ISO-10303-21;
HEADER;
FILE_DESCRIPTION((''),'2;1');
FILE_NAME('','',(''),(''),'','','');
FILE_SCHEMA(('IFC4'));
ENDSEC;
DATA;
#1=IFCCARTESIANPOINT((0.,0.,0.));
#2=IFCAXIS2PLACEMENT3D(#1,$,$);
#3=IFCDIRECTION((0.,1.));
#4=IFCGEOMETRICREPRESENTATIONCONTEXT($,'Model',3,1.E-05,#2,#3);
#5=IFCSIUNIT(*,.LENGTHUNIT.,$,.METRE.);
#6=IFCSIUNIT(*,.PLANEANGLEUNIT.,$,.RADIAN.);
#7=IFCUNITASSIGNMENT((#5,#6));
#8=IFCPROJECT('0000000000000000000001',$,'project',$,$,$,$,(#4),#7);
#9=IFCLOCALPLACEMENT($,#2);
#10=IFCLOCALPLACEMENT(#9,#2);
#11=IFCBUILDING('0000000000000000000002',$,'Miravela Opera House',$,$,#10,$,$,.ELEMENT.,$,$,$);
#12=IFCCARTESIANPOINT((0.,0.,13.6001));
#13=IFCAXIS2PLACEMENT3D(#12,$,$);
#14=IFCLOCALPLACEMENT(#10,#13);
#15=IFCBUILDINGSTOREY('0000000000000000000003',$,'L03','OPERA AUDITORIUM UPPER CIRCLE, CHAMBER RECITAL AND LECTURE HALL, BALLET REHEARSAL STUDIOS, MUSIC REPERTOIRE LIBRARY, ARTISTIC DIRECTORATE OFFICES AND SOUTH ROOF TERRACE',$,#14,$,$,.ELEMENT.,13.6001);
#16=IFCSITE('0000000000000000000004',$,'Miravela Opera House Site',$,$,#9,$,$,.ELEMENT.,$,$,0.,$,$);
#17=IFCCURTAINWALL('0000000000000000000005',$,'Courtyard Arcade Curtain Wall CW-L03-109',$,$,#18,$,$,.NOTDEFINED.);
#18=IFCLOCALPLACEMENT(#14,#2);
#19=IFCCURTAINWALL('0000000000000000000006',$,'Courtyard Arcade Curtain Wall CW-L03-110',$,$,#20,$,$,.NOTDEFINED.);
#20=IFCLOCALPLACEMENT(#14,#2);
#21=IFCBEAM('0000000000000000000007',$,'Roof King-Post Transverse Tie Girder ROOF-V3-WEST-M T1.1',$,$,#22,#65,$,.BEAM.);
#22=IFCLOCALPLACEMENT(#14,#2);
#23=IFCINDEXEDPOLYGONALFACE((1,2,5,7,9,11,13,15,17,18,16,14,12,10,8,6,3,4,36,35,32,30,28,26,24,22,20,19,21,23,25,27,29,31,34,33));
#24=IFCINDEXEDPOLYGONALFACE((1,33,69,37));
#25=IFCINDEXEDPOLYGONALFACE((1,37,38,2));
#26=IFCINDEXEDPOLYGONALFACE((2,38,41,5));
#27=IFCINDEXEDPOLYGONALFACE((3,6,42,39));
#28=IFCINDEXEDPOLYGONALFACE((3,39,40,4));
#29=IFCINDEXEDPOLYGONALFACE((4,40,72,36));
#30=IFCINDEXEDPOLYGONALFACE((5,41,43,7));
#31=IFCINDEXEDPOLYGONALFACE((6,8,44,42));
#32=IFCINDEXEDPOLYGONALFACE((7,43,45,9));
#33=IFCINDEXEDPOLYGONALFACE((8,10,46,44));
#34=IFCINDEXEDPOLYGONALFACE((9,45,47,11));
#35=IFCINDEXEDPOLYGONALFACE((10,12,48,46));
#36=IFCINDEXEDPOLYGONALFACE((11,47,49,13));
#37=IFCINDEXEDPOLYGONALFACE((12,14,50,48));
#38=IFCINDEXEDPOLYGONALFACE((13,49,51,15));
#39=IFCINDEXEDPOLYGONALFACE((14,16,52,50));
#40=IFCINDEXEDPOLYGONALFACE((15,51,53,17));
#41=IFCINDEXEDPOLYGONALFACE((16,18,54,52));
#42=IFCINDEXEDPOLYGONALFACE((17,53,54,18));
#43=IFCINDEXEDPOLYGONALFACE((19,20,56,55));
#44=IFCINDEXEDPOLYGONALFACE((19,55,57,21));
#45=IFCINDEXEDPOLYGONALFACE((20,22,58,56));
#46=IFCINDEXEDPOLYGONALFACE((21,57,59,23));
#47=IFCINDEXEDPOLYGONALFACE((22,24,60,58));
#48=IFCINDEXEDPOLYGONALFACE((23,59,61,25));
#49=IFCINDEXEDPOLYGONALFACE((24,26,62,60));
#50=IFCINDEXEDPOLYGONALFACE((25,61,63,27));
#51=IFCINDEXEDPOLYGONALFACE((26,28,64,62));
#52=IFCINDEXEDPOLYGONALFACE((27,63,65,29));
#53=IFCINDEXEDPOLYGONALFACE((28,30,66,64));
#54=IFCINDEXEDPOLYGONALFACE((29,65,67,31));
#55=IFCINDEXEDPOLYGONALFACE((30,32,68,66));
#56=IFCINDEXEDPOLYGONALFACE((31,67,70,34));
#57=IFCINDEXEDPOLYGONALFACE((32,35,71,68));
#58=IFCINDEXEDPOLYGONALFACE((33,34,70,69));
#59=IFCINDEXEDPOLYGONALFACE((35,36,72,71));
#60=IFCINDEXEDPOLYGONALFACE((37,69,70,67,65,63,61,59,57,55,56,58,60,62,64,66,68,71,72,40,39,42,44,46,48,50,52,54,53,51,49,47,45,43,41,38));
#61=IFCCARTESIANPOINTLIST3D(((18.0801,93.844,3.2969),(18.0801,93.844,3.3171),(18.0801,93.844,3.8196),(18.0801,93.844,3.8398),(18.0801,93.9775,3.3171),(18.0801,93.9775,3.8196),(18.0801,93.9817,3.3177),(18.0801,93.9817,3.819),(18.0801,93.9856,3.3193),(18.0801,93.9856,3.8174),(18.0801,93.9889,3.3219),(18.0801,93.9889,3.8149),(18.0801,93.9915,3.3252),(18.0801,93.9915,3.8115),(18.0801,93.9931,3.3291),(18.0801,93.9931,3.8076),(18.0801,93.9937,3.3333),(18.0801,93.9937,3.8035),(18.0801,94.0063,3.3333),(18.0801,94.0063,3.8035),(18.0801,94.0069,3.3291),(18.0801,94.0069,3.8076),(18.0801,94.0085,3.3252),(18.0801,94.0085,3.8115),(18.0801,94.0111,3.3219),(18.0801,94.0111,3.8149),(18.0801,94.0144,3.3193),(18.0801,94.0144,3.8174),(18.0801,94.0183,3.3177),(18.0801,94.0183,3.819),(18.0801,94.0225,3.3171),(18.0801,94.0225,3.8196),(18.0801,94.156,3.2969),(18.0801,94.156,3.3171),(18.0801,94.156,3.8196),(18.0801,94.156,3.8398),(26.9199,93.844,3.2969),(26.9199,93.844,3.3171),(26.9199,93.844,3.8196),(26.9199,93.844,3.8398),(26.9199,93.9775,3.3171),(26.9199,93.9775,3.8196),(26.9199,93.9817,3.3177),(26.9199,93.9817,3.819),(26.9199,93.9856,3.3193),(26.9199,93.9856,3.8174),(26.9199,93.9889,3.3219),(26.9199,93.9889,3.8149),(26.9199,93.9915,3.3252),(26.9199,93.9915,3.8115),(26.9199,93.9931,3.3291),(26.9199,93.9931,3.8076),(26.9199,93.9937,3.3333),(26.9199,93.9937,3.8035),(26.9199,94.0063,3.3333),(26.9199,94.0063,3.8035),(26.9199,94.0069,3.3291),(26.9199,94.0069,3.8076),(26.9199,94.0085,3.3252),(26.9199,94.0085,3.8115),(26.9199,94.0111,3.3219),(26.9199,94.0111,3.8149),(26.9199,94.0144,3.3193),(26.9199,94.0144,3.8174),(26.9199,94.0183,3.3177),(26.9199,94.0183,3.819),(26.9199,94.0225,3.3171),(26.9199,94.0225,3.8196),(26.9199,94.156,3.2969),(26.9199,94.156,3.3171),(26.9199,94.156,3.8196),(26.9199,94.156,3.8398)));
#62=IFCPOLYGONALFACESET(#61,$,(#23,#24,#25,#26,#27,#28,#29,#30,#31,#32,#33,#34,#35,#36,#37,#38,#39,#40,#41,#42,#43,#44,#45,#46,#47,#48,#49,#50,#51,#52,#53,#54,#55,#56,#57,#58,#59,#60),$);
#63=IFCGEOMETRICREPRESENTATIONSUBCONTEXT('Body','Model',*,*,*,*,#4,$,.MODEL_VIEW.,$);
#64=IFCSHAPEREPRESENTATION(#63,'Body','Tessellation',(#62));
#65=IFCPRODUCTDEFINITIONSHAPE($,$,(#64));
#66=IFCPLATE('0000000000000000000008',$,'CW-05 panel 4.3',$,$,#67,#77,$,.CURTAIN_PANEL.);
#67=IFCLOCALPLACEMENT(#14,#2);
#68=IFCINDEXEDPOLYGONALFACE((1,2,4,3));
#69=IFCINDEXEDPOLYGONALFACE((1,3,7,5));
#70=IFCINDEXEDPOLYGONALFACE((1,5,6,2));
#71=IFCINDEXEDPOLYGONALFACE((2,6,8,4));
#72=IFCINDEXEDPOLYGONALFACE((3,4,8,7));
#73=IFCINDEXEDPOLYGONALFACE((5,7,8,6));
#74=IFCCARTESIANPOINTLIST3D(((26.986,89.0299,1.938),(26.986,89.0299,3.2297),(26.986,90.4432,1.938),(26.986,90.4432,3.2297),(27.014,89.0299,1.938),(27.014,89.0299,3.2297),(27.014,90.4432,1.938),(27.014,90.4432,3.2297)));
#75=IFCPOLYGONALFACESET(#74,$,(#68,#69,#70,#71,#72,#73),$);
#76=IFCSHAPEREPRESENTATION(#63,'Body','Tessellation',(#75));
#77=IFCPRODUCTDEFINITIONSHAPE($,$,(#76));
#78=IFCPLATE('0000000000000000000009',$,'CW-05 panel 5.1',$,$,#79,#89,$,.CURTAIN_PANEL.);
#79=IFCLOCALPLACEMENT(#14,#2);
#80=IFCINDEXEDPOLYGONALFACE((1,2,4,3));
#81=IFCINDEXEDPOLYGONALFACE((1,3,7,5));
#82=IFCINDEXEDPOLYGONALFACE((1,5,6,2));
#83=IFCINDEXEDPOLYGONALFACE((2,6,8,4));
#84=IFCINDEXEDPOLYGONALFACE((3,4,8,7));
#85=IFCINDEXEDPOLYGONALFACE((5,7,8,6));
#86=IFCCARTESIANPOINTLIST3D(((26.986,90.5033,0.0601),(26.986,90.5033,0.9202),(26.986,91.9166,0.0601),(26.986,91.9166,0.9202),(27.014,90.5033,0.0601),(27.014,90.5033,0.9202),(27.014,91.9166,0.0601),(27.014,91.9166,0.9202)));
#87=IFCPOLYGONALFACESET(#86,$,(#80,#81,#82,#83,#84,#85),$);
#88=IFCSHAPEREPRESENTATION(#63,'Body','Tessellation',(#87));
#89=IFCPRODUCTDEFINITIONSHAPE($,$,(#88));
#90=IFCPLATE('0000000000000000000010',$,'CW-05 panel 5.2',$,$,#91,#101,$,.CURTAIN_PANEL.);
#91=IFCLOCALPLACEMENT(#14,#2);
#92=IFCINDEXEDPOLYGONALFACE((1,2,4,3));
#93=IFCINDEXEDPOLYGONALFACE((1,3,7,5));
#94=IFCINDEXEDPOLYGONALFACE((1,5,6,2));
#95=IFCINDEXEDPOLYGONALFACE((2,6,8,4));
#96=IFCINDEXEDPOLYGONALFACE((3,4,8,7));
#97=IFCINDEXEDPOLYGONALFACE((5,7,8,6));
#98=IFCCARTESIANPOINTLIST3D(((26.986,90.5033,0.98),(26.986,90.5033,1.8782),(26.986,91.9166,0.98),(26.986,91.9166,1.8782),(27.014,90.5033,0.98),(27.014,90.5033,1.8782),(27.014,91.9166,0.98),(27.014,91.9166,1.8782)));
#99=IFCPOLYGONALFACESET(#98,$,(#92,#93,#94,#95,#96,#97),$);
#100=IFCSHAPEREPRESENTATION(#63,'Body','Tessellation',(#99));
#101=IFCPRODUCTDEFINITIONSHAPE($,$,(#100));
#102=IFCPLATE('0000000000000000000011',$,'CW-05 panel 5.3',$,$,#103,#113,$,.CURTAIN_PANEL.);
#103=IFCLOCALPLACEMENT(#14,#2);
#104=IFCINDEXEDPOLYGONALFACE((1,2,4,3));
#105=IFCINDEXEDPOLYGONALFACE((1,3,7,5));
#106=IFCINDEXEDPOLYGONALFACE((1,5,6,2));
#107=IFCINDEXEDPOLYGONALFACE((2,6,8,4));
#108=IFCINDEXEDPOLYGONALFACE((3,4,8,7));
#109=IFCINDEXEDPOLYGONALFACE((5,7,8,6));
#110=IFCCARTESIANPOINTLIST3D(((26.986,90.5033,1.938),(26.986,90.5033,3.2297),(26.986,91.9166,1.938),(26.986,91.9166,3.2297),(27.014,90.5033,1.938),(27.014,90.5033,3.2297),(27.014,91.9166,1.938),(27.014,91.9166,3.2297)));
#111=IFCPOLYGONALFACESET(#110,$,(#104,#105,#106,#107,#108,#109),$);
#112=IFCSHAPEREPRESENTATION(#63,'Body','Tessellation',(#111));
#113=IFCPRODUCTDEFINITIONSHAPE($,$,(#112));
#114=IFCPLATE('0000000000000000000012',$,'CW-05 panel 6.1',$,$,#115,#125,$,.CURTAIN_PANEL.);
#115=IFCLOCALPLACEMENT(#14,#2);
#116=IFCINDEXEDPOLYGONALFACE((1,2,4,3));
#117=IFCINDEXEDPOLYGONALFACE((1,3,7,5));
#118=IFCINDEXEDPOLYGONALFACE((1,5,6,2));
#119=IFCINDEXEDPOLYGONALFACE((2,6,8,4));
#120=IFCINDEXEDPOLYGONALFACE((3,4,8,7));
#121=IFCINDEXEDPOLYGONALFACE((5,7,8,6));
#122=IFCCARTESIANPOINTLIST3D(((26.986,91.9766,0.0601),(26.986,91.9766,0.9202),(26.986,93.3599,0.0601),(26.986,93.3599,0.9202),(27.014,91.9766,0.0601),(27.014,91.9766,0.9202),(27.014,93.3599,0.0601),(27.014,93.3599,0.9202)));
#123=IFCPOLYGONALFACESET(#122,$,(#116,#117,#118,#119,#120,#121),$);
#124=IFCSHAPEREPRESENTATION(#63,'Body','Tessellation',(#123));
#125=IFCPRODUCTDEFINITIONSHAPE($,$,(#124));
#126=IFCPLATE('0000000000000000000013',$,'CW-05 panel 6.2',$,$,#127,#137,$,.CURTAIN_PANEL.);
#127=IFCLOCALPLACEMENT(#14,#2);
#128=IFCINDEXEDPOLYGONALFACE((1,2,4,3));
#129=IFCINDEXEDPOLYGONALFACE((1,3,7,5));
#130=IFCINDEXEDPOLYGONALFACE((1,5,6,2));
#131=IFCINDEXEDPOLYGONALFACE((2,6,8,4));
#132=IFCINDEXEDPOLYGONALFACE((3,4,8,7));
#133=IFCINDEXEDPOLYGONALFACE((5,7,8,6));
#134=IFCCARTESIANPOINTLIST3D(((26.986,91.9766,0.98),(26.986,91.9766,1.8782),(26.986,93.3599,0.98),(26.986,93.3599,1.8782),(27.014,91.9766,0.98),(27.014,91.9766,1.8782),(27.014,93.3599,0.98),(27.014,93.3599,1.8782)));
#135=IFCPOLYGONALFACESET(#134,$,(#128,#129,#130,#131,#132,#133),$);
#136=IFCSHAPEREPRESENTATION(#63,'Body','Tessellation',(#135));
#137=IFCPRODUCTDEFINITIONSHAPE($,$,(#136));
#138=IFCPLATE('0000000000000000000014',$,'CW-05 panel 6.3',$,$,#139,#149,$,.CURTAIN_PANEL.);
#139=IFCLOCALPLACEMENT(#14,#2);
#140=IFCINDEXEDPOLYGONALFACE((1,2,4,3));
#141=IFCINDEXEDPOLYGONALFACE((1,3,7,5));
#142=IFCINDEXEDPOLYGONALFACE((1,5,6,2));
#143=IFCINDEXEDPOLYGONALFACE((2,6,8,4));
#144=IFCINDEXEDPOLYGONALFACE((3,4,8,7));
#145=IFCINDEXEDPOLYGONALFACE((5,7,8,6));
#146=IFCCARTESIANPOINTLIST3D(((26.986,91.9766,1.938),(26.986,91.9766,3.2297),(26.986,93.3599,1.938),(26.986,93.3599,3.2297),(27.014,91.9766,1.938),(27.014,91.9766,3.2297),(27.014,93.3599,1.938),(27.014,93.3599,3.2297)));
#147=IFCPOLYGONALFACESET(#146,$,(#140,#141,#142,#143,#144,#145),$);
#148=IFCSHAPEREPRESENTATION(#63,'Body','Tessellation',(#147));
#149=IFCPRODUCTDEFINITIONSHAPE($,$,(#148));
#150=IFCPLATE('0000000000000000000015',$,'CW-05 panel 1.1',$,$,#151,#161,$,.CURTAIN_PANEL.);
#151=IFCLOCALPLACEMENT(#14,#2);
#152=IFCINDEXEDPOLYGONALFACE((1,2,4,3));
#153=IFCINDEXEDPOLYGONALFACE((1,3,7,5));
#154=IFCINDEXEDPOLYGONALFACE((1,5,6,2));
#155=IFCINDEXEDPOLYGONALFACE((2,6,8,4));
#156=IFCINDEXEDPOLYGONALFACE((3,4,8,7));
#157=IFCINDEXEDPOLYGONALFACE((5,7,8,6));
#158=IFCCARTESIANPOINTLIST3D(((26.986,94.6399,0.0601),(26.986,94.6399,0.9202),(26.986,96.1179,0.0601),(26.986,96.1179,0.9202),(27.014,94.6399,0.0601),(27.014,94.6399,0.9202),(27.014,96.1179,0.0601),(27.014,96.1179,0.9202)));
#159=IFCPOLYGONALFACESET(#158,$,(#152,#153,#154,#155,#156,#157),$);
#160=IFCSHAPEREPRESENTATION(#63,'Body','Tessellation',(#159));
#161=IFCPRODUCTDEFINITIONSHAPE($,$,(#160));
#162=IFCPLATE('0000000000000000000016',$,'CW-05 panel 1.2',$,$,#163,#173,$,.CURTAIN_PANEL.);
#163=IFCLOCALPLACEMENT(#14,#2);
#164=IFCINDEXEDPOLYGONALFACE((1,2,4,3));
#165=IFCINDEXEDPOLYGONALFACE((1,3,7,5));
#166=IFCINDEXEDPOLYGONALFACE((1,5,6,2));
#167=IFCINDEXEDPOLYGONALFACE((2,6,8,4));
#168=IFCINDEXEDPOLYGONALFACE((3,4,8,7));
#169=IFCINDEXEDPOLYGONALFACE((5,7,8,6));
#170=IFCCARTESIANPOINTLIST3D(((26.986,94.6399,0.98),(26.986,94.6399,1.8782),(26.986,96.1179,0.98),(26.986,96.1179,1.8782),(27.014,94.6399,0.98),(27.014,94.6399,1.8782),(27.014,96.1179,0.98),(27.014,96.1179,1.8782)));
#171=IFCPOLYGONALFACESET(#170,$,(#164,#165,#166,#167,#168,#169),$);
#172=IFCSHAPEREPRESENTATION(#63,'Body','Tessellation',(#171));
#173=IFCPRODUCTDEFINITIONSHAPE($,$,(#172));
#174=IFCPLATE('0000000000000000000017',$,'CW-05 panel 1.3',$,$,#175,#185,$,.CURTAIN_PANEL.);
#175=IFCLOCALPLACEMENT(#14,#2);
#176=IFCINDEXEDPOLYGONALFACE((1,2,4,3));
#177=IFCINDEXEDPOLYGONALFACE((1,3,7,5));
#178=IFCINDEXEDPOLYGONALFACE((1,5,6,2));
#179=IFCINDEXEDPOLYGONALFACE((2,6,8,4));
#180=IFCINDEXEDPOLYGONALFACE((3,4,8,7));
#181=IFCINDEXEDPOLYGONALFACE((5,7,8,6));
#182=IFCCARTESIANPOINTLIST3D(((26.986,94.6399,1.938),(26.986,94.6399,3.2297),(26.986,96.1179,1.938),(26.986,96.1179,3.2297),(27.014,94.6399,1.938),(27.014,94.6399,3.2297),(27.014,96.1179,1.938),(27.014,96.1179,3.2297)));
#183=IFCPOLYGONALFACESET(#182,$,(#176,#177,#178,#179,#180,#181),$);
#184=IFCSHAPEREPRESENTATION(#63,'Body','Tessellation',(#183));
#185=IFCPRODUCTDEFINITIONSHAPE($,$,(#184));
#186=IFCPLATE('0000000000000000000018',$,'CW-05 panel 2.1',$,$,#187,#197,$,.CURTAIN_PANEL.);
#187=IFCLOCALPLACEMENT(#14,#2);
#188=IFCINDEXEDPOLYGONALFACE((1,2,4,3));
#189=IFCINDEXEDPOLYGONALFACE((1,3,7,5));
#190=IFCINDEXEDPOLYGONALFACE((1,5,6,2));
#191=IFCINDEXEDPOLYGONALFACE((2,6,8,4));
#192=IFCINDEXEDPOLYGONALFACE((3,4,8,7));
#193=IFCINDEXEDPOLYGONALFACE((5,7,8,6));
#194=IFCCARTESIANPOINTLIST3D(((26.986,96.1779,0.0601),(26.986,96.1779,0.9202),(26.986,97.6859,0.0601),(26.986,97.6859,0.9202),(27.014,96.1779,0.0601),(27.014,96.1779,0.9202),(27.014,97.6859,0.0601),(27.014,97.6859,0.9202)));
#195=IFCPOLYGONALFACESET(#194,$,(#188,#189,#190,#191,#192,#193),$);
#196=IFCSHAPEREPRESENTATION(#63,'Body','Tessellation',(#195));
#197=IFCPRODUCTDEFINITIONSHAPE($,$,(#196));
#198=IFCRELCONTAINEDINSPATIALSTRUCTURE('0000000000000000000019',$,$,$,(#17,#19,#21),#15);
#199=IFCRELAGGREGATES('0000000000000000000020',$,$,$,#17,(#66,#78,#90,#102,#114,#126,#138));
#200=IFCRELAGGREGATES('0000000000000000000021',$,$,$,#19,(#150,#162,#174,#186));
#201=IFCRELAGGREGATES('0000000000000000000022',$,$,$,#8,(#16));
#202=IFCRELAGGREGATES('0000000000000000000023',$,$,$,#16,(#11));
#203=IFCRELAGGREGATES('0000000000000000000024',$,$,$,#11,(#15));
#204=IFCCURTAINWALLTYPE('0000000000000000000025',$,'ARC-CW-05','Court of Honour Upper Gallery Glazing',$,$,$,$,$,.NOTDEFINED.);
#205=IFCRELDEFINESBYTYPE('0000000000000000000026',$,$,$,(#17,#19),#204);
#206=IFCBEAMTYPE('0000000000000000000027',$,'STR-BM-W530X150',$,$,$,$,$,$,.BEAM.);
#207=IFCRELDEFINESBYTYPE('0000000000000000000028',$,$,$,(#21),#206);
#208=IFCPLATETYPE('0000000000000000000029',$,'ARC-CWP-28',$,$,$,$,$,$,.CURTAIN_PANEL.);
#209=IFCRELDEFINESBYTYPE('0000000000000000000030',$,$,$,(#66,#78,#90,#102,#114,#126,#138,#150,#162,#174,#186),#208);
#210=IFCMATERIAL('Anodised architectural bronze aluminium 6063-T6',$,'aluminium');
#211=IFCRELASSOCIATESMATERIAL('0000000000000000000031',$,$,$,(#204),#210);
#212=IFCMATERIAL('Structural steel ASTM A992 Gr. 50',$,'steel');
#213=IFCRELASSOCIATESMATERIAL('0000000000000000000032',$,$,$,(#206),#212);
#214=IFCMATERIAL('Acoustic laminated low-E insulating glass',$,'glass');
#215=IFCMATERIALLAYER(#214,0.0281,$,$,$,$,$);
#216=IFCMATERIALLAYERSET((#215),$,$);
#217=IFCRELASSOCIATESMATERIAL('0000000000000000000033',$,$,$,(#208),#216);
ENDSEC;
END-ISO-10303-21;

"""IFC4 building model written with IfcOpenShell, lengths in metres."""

from ifc_helpers import new_model, si_unit, direction, frame, origin, origin_2d, place, context, subcontext, project, spatial, rectangle, i_section, extrude, material, layer, layer_set, material_profile, profile_set, type_object, element, aggregate, save


model = new_model("IFC4")

# Units and contexts
model_context = context("Model", 3, precision=1e-05, world=origin(), true_north=direction((0.0, 1.0)))
body_context = subcontext(model_context, "Body", "Model", "MODEL_VIEW")
ifc_project = project(units=[si_unit("LENGTHUNIT", "METRE"), si_unit("PLANEANGLEUNIT", "RADIAN")], contexts=[model_context])

# Site, building, storey
site_placement = place(None, origin())
site = spatial("IfcSite", under=ifc_project, at=site_placement, Name="Miravela Opera House Site", CompositionType="ELEMENT", RefElevation=0.0)
building_placement = place(site_placement, origin())
building = spatial("IfcBuilding", under=site, at=building_placement, Name="Miravela Opera House", CompositionType="ELEMENT")
storey_placement = place(building_placement, frame((0.0, 0.0, 13.6001)))
storey = spatial("IfcBuildingStorey", under=building, at=storey_placement, Name="L03", Description="OPERA AUDITORIUM UPPER CIRCLE, CHAMBER RECITAL AND LECTURE HALL, BALLET REHEARSAL STUDIOS, MUSIC REPERTOIRE LIBRARY, ARTISTIC DIRECTORATE OFFICES AND SOUTH ROOF TERRACE", CompositionType="ELEMENT", Elevation=13.6001)

# Curtain walls
ifc_material_1 = material(Name="Anodised architectural bronze aluminium 6063-T6", Category="aluminium")
curtain_wall_type = type_object("IfcCurtainWallType", Name="ARC-CW-05", Description="Court of Honour Upper Gallery Glazing", PredefinedType="NOTDEFINED", material=ifc_material_1)
curtain_wall_1_placement = place(storey_placement, origin())
curtain_wall_1 = element("IfcCurtainWall", 1, at=curtain_wall_1_placement, inside=storey, type_object=curtain_wall_type, Name="Courtyard Arcade Curtain Wall CW-L03-109", PredefinedType="NOTDEFINED")
curtain_wall_2_placement = place(storey_placement, origin())
curtain_wall_2 = element("IfcCurtainWall", 2, at=curtain_wall_2_placement, inside=storey, type_object=curtain_wall_type, Name="Courtyard Arcade Curtain Wall CW-L03-110", PredefinedType="NOTDEFINED")

# Beam
ifc_material_2 = material(Name="Structural steel ASTM A992 Gr. 50", Category="steel")
ifc_material_profile_1 = material_profile(ifc_material_2, i_section(OverallWidth=0.312, OverallDepth=0.543, WebThickness=0.0127, FlangeThickness=0.0203, FilletRadius=0.0161, at=origin_2d()), Name="W530X150")
ifc_profile_set_1 = profile_set([ifc_material_profile_1])
beam_type = type_object("IfcBeamType", Name="STR-BM-W530X150", PredefinedType="BEAM", material=ifc_profile_set_1)
for number, where, z_axis, x_axis, name in (
    (3, (18.0801, 94.0, 3.5684), (1.0, 0.0, 0.0), (0.0, 1.0, 0.0), "Roof King-Post Transverse Tie Girder ROOF-V3-WEST-M T1.1"),
):
    element("IfcBeam", number, at=place(storey_placement, frame(where, z_axis=z_axis, x_axis=x_axis)), inside=storey, type_object=beam_type, Name=name, PredefinedType="BEAM", context=body_context, shape_type="SweptSolid", body=[
        extrude(i_section(OverallWidth=0.312, OverallDepth=0.543, WebThickness=0.0127, FlangeThickness=0.0203, FilletRadius=0.0161, at=origin_2d()), origin(), (0.0, 0.0, 1.0), 8.8398),
    ])

# Plates
ifc_material_3 = material(Name="Acoustic laminated low-E insulating glass", Category="glass")
ifc_layer = layer(ifc_material_3, 0.0281)
ifc_layer_set = layer_set([ifc_layer])
plate_type = type_object("IfcPlateType", Name="ARC-CWP-28", PredefinedType="CURTAIN_PANEL", material=ifc_layer_set)
plate_1_placement = place(storey_placement, frame((27.0, 89.7366, 1.938), z_axis=(0.0, 0.0, 1.0), x_axis=(0.0, 1.0, 0.0)))
plate_1 = element("IfcPlate", 4, at=plate_1_placement, type_object=plate_type, Name="CW-05 panel 4.3", PredefinedType="CURTAIN_PANEL", context=body_context, shape_type="SweptSolid", body=[
    extrude(rectangle(XDim=1.4133, YDim=0.0281, at=origin_2d()), origin(), (0.0, 0.0, 1.0), 1.2917),
])
plate_2_placement = place(storey_placement, frame((27.0, 91.21, 0.0601), z_axis=(0.0, 0.0, 1.0), x_axis=(0.0, 1.0, 0.0)))
plate_2 = element("IfcPlate", 5, at=plate_2_placement, type_object=plate_type, Name="CW-05 panel 5.1", PredefinedType="CURTAIN_PANEL", context=body_context, shape_type="SweptSolid", body=[
    extrude(rectangle(XDim=1.4133, YDim=0.0281, at=origin_2d()), origin(), (0.0, 0.0, 1.0), 0.8601),
])
plate_3_placement = place(storey_placement, frame((27.0, 91.21, 0.98), z_axis=(0.0, 0.0, 1.0), x_axis=(0.0, 1.0, 0.0)))
plate_3 = element("IfcPlate", 6, at=plate_3_placement, type_object=plate_type, Name="CW-05 panel 5.2", PredefinedType="CURTAIN_PANEL", context=body_context, shape_type="SweptSolid", body=[
    extrude(rectangle(XDim=1.4133, YDim=0.0281, at=origin_2d()), origin(), (0.0, 0.0, 1.0), 0.8982),
])
plate_4_placement = place(storey_placement, frame((27.0, 91.21, 1.938), z_axis=(0.0, 0.0, 1.0), x_axis=(0.0, 1.0, 0.0)))
plate_4 = element("IfcPlate", 7, at=plate_4_placement, type_object=plate_type, Name="CW-05 panel 5.3", PredefinedType="CURTAIN_PANEL", context=body_context, shape_type="SweptSolid", body=[
    extrude(rectangle(XDim=1.4133, YDim=0.0281, at=origin_2d()), origin(), (0.0, 0.0, 1.0), 1.2917),
])
plate_5_placement = place(storey_placement, frame((27.0, 92.6682, 0.0601), z_axis=(0.0, 0.0, 1.0), x_axis=(0.0, 1.0, 0.0)))
plate_5 = element("IfcPlate", 8, at=plate_5_placement, type_object=plate_type, Name="CW-05 panel 6.1", PredefinedType="CURTAIN_PANEL", context=body_context, shape_type="SweptSolid", body=[
    extrude(rectangle(XDim=1.3833, YDim=0.0281, at=origin_2d()), origin(), (0.0, 0.0, 1.0), 0.8601),
])
plate_6_placement = place(storey_placement, frame((27.0, 92.6682, 0.98), z_axis=(0.0, 0.0, 1.0), x_axis=(0.0, 1.0, 0.0)))
plate_6 = element("IfcPlate", 9, at=plate_6_placement, type_object=plate_type, Name="CW-05 panel 6.2", PredefinedType="CURTAIN_PANEL", context=body_context, shape_type="SweptSolid", body=[
    extrude(rectangle(XDim=1.3833, YDim=0.0281, at=origin_2d()), origin(), (0.0, 0.0, 1.0), 0.8982),
])
plate_7_placement = place(storey_placement, frame((27.0, 92.6682, 1.938), z_axis=(0.0, 0.0, 1.0), x_axis=(0.0, 1.0, 0.0)))
plate_7 = element("IfcPlate", 10, at=plate_7_placement, type_object=plate_type, Name="CW-05 panel 6.3", PredefinedType="CURTAIN_PANEL", context=body_context, shape_type="SweptSolid", body=[
    extrude(rectangle(XDim=1.3833, YDim=0.0281, at=origin_2d()), origin(), (0.0, 0.0, 1.0), 1.2917),
])
aggregate(curtain_wall_1, [plate_1, plate_2, plate_3, plate_4, plate_5, plate_6, plate_7])
plate_8_placement = place(storey_placement, frame((27.0, 95.3789, 0.0601), z_axis=(0.0, 0.0, 1.0), x_axis=(0.0, 1.0, 0.0)))
plate_8 = element("IfcPlate", 11, at=plate_8_placement, type_object=plate_type, Name="CW-05 panel 1.1", PredefinedType="CURTAIN_PANEL", context=body_context, shape_type="SweptSolid", body=[
    extrude(rectangle(XDim=1.478, YDim=0.0281, at=origin_2d()), origin(), (0.0, 0.0, 1.0), 0.8601),
])
plate_9_placement = place(storey_placement, frame((27.0, 95.3789, 0.98), z_axis=(0.0, 0.0, 1.0), x_axis=(0.0, 1.0, 0.0)))
plate_9 = element("IfcPlate", 12, at=plate_9_placement, type_object=plate_type, Name="CW-05 panel 1.2", PredefinedType="CURTAIN_PANEL", context=body_context, shape_type="SweptSolid", body=[
    extrude(rectangle(XDim=1.478, YDim=0.0281, at=origin_2d()), origin(), (0.0, 0.0, 1.0), 0.8982),
])
plate_10_placement = place(storey_placement, frame((27.0, 95.3789, 1.938), z_axis=(0.0, 0.0, 1.0), x_axis=(0.0, 1.0, 0.0)))
plate_10 = element("IfcPlate", 13, at=plate_10_placement, type_object=plate_type, Name="CW-05 panel 1.3", PredefinedType="CURTAIN_PANEL", context=body_context, shape_type="SweptSolid", body=[
    extrude(rectangle(XDim=1.478, YDim=0.0281, at=origin_2d()), origin(), (0.0, 0.0, 1.0), 1.2917),
])
plate_11_placement = place(storey_placement, frame((27.0, 96.9319, 0.0601), z_axis=(0.0, 0.0, 1.0), x_axis=(0.0, 1.0, 0.0)))
plate_11 = element("IfcPlate", 14, at=plate_11_placement, type_object=plate_type, Name="CW-05 panel 2.1", PredefinedType="CURTAIN_PANEL", context=body_context, shape_type="SweptSolid", body=[
    extrude(rectangle(XDim=1.5081, YDim=0.0281, at=origin_2d()), origin(), (0.0, 0.0, 1.0), 0.8601),
])
aggregate(curtain_wall_2, [plate_8, plate_9, plate_10, plate_11])

save(model, "model.ifc")
